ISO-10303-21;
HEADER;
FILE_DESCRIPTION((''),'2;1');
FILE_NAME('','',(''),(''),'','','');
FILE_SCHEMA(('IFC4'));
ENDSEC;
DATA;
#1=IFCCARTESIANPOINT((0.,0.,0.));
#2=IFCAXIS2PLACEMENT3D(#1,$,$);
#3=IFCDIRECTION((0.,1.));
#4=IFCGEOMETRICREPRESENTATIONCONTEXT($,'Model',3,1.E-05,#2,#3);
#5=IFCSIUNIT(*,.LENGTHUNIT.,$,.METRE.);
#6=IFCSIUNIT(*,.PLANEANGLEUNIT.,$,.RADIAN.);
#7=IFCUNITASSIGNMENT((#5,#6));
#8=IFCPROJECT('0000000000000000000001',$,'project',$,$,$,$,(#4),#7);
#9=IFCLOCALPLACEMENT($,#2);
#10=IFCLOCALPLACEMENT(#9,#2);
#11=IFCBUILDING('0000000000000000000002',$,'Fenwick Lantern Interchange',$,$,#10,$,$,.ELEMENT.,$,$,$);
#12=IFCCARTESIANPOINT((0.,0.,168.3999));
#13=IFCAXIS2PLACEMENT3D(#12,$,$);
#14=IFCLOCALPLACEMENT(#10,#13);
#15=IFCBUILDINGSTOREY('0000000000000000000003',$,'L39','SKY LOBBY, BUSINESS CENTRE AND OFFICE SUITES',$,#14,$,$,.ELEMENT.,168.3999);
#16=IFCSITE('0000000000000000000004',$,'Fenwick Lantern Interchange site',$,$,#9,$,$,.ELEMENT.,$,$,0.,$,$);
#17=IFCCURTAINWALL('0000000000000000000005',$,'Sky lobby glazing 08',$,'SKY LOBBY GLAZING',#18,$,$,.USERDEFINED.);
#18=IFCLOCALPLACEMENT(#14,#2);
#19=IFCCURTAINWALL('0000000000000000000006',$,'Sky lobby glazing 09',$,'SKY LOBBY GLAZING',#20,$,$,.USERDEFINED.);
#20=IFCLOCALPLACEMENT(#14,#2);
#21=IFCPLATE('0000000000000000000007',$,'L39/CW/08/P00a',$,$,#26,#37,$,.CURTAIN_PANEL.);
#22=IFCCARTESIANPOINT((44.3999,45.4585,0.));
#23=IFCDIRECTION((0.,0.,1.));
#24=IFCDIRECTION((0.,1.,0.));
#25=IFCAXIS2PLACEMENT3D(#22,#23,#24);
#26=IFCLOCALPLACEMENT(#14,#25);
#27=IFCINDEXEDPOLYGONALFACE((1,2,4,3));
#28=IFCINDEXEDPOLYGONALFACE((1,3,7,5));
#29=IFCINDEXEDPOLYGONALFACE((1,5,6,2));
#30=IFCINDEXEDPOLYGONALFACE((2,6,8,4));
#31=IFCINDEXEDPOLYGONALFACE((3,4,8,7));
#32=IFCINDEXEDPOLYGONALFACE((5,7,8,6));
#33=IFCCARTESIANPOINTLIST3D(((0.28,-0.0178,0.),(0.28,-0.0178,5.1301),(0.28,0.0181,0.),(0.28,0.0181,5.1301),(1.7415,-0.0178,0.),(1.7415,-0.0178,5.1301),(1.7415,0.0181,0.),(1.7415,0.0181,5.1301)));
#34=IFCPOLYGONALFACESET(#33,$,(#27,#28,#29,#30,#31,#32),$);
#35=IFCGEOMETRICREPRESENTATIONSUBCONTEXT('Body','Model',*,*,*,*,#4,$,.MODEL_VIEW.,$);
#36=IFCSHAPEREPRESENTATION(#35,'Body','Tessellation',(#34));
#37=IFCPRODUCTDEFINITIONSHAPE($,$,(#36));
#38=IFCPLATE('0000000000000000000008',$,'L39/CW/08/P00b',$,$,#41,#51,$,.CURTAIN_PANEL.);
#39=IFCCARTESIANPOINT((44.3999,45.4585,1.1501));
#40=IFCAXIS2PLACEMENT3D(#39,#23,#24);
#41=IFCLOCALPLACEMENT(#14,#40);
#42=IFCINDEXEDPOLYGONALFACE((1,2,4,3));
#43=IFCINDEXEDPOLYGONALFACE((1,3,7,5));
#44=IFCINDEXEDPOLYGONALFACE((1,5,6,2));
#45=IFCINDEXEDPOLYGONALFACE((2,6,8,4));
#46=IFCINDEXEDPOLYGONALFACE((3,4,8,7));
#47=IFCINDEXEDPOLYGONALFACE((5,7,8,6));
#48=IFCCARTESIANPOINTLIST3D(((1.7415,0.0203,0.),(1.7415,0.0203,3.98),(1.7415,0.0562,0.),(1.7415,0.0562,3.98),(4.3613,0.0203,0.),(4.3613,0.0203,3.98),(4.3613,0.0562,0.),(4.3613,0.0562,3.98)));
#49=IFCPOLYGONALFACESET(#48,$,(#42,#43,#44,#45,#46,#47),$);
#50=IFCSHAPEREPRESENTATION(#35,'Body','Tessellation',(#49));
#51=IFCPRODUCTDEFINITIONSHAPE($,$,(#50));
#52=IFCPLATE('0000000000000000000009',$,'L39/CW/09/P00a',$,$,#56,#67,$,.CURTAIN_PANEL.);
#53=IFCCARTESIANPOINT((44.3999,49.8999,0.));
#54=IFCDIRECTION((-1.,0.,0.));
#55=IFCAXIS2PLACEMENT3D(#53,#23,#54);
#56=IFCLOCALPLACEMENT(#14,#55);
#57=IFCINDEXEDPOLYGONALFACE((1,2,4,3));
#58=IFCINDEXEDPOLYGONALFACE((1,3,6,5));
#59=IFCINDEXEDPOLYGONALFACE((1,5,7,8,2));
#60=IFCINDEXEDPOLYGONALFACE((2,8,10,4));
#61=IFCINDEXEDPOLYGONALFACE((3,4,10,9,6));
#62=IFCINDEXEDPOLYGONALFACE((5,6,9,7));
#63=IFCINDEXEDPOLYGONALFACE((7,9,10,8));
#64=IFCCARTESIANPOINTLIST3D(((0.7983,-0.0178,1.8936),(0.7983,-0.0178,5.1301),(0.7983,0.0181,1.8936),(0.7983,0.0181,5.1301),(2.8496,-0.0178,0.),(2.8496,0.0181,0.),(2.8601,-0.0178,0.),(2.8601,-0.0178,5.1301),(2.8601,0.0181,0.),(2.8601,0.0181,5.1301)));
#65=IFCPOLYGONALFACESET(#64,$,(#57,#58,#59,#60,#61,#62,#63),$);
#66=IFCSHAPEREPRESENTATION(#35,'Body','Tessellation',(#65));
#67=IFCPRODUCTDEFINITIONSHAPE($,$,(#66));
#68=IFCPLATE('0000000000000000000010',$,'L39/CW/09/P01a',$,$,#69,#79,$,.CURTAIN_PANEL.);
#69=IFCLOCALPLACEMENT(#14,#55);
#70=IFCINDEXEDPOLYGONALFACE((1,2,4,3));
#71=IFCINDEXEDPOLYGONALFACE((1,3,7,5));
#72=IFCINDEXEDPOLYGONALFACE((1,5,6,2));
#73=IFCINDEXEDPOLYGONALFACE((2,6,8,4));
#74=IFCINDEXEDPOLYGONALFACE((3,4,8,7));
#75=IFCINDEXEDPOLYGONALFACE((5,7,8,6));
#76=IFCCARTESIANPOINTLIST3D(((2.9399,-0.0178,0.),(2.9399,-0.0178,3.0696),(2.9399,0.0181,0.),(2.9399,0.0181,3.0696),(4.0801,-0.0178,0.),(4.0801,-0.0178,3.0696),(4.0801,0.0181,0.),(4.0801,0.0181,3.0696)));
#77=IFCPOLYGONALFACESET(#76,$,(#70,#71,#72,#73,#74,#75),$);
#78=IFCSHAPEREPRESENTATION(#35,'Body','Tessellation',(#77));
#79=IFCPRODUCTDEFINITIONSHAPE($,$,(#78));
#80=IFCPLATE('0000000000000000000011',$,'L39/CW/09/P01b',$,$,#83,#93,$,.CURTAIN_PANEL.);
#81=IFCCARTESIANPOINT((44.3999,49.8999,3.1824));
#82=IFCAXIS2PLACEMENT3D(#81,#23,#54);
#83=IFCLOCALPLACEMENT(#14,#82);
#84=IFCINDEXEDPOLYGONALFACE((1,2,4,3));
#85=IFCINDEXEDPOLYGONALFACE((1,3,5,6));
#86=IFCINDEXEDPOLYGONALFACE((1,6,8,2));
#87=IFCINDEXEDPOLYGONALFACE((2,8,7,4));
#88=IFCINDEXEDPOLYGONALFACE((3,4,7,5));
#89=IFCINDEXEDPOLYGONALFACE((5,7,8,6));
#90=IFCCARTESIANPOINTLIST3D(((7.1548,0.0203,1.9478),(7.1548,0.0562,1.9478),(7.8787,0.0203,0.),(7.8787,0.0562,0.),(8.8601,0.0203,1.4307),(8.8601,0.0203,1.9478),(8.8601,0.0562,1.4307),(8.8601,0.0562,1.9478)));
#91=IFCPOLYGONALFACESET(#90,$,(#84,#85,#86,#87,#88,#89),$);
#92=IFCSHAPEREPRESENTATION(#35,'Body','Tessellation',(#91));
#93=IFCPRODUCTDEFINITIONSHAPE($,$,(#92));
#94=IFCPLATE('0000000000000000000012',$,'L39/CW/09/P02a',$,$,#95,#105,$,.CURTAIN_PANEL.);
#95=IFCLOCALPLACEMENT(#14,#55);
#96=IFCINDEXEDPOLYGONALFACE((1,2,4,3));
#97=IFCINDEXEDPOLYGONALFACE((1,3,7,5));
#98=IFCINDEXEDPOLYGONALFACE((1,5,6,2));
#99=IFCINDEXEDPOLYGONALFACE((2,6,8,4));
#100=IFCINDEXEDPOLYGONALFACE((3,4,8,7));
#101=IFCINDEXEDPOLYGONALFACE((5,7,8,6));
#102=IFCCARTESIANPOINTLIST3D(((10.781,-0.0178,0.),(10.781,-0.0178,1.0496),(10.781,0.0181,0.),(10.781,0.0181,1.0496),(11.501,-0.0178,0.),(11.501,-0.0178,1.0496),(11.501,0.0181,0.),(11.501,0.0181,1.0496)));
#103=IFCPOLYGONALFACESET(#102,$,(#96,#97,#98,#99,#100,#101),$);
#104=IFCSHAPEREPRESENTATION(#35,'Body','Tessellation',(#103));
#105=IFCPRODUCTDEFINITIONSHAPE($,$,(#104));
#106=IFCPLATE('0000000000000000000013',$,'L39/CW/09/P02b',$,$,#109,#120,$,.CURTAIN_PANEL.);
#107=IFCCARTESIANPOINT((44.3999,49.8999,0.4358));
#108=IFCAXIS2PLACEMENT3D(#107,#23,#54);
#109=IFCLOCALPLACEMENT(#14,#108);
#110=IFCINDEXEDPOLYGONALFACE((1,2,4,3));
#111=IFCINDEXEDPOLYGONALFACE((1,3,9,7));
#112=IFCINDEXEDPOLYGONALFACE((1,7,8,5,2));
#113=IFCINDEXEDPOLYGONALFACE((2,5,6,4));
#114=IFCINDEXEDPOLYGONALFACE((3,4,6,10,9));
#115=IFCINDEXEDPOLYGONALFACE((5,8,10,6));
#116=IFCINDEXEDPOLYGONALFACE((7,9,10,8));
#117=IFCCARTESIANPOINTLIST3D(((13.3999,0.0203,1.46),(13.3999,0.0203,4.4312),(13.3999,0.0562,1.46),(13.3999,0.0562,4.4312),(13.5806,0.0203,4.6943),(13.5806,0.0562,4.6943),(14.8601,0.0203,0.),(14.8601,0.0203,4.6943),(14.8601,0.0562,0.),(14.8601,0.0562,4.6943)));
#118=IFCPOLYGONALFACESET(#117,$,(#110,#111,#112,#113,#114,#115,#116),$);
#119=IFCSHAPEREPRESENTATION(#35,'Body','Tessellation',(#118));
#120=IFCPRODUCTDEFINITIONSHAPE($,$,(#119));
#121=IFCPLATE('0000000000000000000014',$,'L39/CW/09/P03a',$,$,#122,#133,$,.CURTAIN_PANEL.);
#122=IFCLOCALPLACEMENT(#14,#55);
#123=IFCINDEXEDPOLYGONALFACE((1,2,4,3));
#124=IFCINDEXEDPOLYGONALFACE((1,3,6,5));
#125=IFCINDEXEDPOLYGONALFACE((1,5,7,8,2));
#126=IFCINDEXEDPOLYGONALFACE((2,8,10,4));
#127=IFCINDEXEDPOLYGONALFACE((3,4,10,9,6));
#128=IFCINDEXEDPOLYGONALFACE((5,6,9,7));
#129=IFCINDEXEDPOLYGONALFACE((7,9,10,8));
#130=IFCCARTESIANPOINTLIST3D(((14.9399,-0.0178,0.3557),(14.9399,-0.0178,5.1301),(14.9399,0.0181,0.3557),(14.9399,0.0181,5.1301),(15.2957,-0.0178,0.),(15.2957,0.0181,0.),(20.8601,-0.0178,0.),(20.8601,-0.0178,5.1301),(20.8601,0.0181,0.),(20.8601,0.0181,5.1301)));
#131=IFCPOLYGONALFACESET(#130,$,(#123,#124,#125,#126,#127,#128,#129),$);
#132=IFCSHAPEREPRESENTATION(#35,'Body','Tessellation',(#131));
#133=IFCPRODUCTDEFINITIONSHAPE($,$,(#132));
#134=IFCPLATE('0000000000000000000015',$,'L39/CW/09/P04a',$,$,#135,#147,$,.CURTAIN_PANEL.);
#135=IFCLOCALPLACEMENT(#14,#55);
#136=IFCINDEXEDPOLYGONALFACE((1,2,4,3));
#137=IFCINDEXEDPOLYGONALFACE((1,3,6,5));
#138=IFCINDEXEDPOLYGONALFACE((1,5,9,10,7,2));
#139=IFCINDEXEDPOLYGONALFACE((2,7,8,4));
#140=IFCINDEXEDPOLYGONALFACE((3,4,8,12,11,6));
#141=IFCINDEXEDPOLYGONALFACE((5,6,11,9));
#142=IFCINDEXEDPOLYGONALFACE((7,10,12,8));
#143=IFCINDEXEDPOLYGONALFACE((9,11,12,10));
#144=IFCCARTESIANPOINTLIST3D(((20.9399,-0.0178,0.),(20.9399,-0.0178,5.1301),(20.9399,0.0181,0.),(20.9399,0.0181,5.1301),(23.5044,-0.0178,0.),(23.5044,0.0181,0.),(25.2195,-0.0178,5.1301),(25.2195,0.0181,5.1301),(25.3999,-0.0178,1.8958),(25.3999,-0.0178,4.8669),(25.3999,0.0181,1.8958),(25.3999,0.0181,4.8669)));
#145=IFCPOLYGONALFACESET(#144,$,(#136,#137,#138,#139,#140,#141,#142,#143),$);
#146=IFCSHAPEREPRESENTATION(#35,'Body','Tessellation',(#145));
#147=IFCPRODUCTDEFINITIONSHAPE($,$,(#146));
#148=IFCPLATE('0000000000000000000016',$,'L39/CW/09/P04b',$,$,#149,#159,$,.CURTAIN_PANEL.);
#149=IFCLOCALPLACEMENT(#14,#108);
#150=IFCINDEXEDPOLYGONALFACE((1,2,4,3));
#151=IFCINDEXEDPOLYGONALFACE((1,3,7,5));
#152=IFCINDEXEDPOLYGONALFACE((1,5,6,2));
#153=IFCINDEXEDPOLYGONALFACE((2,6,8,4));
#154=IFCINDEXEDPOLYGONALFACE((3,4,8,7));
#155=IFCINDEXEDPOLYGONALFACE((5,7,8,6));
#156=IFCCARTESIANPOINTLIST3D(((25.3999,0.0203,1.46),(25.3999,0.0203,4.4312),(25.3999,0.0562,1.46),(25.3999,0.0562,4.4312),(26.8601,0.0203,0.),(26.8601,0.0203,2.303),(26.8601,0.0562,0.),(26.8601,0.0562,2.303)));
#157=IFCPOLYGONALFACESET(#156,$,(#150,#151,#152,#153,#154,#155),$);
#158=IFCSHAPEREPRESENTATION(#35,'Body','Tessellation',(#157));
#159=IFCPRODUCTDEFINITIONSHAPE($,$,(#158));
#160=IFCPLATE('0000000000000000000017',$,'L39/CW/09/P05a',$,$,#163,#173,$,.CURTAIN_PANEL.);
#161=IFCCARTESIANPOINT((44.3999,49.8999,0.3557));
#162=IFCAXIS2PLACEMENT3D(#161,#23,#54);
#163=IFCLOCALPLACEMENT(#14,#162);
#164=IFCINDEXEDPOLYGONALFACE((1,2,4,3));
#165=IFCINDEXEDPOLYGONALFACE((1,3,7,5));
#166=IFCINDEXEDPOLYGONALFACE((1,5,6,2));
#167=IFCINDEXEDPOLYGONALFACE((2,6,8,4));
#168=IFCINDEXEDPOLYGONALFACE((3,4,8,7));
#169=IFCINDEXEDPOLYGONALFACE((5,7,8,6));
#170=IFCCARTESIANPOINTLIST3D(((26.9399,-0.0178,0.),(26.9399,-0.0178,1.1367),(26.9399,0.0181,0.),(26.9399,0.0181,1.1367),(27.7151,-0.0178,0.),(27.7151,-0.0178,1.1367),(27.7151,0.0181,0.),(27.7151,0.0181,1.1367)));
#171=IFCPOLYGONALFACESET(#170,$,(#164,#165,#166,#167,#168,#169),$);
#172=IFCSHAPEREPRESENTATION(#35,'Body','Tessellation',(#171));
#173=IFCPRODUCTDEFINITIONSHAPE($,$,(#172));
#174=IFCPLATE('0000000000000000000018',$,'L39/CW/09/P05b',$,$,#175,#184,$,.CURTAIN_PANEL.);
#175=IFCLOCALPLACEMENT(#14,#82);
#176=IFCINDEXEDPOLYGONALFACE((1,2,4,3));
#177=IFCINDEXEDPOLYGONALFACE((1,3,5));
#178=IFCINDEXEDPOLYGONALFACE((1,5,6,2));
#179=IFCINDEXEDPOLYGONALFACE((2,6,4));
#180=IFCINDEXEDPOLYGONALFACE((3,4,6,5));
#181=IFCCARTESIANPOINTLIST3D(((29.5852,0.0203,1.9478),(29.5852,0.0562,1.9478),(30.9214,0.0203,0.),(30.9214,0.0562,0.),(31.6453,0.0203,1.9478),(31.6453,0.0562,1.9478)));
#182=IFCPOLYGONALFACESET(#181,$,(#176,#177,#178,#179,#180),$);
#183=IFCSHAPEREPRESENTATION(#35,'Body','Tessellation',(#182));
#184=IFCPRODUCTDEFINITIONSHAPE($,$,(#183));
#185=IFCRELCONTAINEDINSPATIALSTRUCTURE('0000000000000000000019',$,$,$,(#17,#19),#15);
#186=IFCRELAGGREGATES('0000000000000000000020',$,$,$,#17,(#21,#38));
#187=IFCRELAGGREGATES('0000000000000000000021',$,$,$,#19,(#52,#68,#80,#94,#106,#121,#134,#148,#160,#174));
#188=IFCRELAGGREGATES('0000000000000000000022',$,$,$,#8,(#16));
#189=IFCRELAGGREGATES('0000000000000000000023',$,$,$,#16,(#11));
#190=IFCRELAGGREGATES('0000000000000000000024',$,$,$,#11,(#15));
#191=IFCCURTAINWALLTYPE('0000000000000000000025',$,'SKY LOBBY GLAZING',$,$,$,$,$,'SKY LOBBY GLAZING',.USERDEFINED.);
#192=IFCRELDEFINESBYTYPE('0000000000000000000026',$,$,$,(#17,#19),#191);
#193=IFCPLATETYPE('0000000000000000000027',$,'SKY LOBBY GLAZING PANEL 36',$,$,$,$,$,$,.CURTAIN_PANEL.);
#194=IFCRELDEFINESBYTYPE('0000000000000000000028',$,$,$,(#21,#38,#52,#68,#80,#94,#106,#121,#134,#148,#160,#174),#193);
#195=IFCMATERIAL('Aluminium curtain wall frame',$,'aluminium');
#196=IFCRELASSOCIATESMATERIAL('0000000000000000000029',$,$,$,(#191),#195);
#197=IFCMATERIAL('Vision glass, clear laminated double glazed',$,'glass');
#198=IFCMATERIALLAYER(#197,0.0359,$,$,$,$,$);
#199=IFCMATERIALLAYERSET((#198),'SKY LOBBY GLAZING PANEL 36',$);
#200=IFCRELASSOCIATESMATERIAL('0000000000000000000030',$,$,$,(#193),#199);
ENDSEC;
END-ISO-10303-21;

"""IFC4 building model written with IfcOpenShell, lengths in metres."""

from ifc_helpers import new_model, si_unit, direction, frame, origin, place, context, subcontext, project, spatial, polyline, outline, extrude, material, layer, layer_set, type_object, element, aggregate, save


model = new_model("IFC4")

# Units and contexts
model_context = context("Model", 3, precision=1e-05, world=origin(), true_north=direction((0.0, 1.0)))
body_context = subcontext(model_context, "Body", "Model", "MODEL_VIEW")
ifc_project = project(units=[si_unit("LENGTHUNIT", "METRE"), si_unit("PLANEANGLEUNIT", "RADIAN")], contexts=[model_context])

# Site, building, storey
site_placement = place(None, origin())
site = spatial("IfcSite", under=ifc_project, at=site_placement, Name="Fenwick Lantern Interchange site", CompositionType="ELEMENT", RefElevation=0.0)
building_placement = place(site_placement, origin())
building = spatial("IfcBuilding", under=site, at=building_placement, Name="Fenwick Lantern Interchange", CompositionType="ELEMENT")
storey_placement = place(building_placement, frame((0.0, 0.0, 168.3999)))
storey = spatial("IfcBuildingStorey", under=building, at=storey_placement, Name="L39", Description="SKY LOBBY, BUSINESS CENTRE AND OFFICE SUITES", CompositionType="ELEMENT", Elevation=168.3999)

# Shared definitions
ifc_material_1 = material(Name="Aluminium curtain wall frame", Category="aluminium")
curtain_wall_type = type_object("IfcCurtainWallType", Name="SKY LOBBY GLAZING", ElementType="SKY LOBBY GLAZING", PredefinedType="USERDEFINED", material=ifc_material_1)

# Curtain wall
curtain_wall_1_placement = place(storey_placement, origin())
curtain_wall_1 = element("IfcCurtainWall", 1, at=curtain_wall_1_placement, inside=storey, type_object=curtain_wall_type, Name="Sky lobby glazing 08", ObjectType="SKY LOBBY GLAZING", PredefinedType="USERDEFINED")

# Curtain wall
curtain_wall_2_placement = place(storey_placement, origin())
curtain_wall_2 = element("IfcCurtainWall", 2, at=curtain_wall_2_placement, inside=storey, type_object=curtain_wall_type, Name="Sky lobby glazing 09", ObjectType="SKY LOBBY GLAZING", PredefinedType="USERDEFINED")

# Plates
ifc_material_2 = material(Name="Vision glass, clear laminated double glazed", Category="glass")
ifc_layer_1 = layer(ifc_material_2, 0.0359)
ifc_layer_set_1 = layer_set([ifc_layer_1], Name="SKY LOBBY GLAZING PANEL 36")
plate_type = type_object("IfcPlateType", Name="SKY LOBBY GLAZING PANEL 36", PredefinedType="CURTAIN_PANEL", material=ifc_layer_set_1)
plate_1_placement = place(storey_placement, frame((44.3999, 45.4585, 0.0), z_axis=(0.0, 0.0, 1.0), x_axis=(0.0, 1.0, 0.0)))
plate_1 = element("IfcPlate", 3, at=plate_1_placement, type_object=plate_type, Name="L39/CW/08/P00a", PredefinedType="CURTAIN_PANEL", context=body_context, shape_type="SweptSolid", body=[
    extrude(outline(polyline([(0.28, 0.0), (1.7415, 0.0), (1.7415, 5.1301), (0.28, 5.1301), (0.28, 0.0)])), frame((0.0, 0.0181, 0.0), z_axis=(0.0, -1.0, 0.0), x_axis=(1.0, 0.0, 0.0)), (0.0, 0.0, 1.0), 0.0359),
])
plate_2_placement = place(storey_placement, frame((44.3999, 45.4585, 1.1501), z_axis=(0.0, 0.0, 1.0), x_axis=(0.0, 1.0, 0.0)))
plate_2 = element("IfcPlate", 4, at=plate_2_placement, type_object=plate_type, Name="L39/CW/08/P00b", PredefinedType="CURTAIN_PANEL", context=body_context, shape_type="SweptSolid", body=[
    extrude(outline(polyline([(1.7415, 0.0), (4.3613, 0.0), (4.3613, 3.98), (1.7415, 3.98), (1.7415, 0.0)])), frame((0.0, 0.0562, 0.0), z_axis=(0.0, -1.0, 0.0), x_axis=(1.0, 0.0, 0.0)), (0.0, 0.0, 1.0), 0.0359),
])
aggregate(curtain_wall_1, [plate_1, plate_2])
plate_3_placement = place(storey_placement, frame((44.3999, 49.8999, 0.0), z_axis=(0.0, 0.0, 1.0), x_axis=(-1.0, 0.0, 0.0)))
plate_3 = element("IfcPlate", 5, at=plate_3_placement, type_object=plate_type, Name="L39/CW/09/P00a", PredefinedType="CURTAIN_PANEL", context=body_context, shape_type="SweptSolid", body=[
    extrude(outline(polyline([(2.8496, 0.0), (2.8601, 0.0), (2.8601, 5.1301), (0.7983, 5.1301), (0.7983, 1.8936), (2.8496, 0.0)])), frame((0.0, 0.0181, 0.0), z_axis=(0.0, -1.0, 0.0), x_axis=(1.0, 0.0, 0.0)), (0.0, 0.0, 1.0), 0.0359),
])
plate_4_placement = place(storey_placement, frame((44.3999, 49.8999, 0.0), z_axis=(0.0, 0.0, 1.0), x_axis=(-1.0, 0.0, 0.0)))
plate_4 = element("IfcPlate", 6, at=plate_4_placement, type_object=plate_type, Name="L39/CW/09/P01a", PredefinedType="CURTAIN_PANEL", context=body_context, shape_type="SweptSolid", body=[
    extrude(outline(polyline([(2.9399, 0.0), (4.0801, 0.0), (4.0801, 3.0696), (2.9399, 3.0696), (2.9399, 0.0)])), frame((0.0, 0.0181, 0.0), z_axis=(0.0, -1.0, 0.0), x_axis=(1.0, 0.0, 0.0)), (0.0, 0.0, 1.0), 0.0359),
])
plate_5_placement = place(storey_placement, frame((44.3999, 49.8999, 3.1824), z_axis=(0.0, 0.0, 1.0), x_axis=(-1.0, 0.0, 0.0)))
plate_5 = element("IfcPlate", 7, at=plate_5_placement, type_object=plate_type, Name="L39/CW/09/P01b", PredefinedType="CURTAIN_PANEL", context=body_context, shape_type="SweptSolid", body=[
    extrude(outline(polyline([(7.8787, 0.0), (8.8601, 1.4307), (8.8601, 1.9478), (7.1548, 1.9478), (7.8787, 0.0)])), frame((0.0, 0.0562, 0.0), z_axis=(0.0, -1.0, 0.0), x_axis=(1.0, 0.0, 0.0)), (0.0, 0.0, 1.0), 0.0359),
])
plate_6_placement = place(storey_placement, frame((44.3999, 49.8999, 0.0), z_axis=(0.0, 0.0, 1.0), x_axis=(-1.0, 0.0, 0.0)))
plate_6 = element("IfcPlate", 8, at=plate_6_placement, type_object=plate_type, Name="L39/CW/09/P02a", PredefinedType="CURTAIN_PANEL", context=body_context, shape_type="SweptSolid", body=[
    extrude(outline(polyline([(10.781, 0.0), (11.501, 0.0), (11.501, 1.0496), (10.781, 1.0496), (10.781, 0.0)])), frame((0.0, 0.0181, 0.0), z_axis=(0.0, -1.0, 0.0), x_axis=(1.0, 0.0, 0.0)), (0.0, 0.0, 1.0), 0.0359),
])
plate_7_placement = place(storey_placement, frame((44.3999, 49.8999, 0.4358), z_axis=(0.0, 0.0, 1.0), x_axis=(-1.0, 0.0, 0.0)))
plate_7 = element("IfcPlate", 9, at=plate_7_placement, type_object=plate_type, Name="L39/CW/09/P02b", PredefinedType="CURTAIN_PANEL", context=body_context, shape_type="SweptSolid", body=[
    extrude(outline(polyline([(14.8601, 0.0), (14.8601, 4.6943), (13.5806, 4.6943), (13.3999, 4.4312), (13.3999, 1.46), (14.8601, 0.0)])), frame((0.0, 0.0562, 0.0), z_axis=(0.0, -1.0, 0.0), x_axis=(1.0, 0.0, 0.0)), (0.0, 0.0, 1.0), 0.0359),
])
plate_8_placement = place(storey_placement, frame((44.3999, 49.8999, 0.0), z_axis=(0.0, 0.0, 1.0), x_axis=(-1.0, 0.0, 0.0)))
plate_8 = element("IfcPlate", 10, at=plate_8_placement, type_object=plate_type, Name="L39/CW/09/P03a", PredefinedType="CURTAIN_PANEL", context=body_context, shape_type="SweptSolid", body=[
    extrude(outline(polyline([(15.2957, 0.0), (20.8601, 0.0), (20.8601, 5.1301), (14.9399, 5.1301), (14.9399, 0.3557), (15.2957, 0.0)])), frame((0.0, 0.0181, 0.0), z_axis=(0.0, -1.0, 0.0), x_axis=(1.0, 0.0, 0.0)), (0.0, 0.0, 1.0), 0.0359),
])
plate_9_placement = place(storey_placement, frame((44.3999, 49.8999, 0.0), z_axis=(0.0, 0.0, 1.0), x_axis=(-1.0, 0.0, 0.0)))
plate_9 = element("IfcPlate", 11, at=plate_9_placement, type_object=plate_type, Name="L39/CW/09/P04a", PredefinedType="CURTAIN_PANEL", context=body_context, shape_type="SweptSolid", body=[
    extrude(outline(polyline([(20.9399, 0.0), (23.5044, 0.0), (25.3999, 1.8958), (25.3999, 4.8669), (25.2195, 5.1301), (20.9399, 5.1301), (20.9399, 0.0)])), frame((0.0, 0.0181, 0.0), z_axis=(0.0, -1.0, 0.0), x_axis=(1.0, 0.0, 0.0)), (0.0, 0.0, 1.0), 0.0359),
])
plate_10_placement = place(storey_placement, frame((44.3999, 49.8999, 0.4358), z_axis=(0.0, 0.0, 1.0), x_axis=(-1.0, 0.0, 0.0)))
plate_10 = element("IfcPlate", 12, at=plate_10_placement, type_object=plate_type, Name="L39/CW/09/P04b", PredefinedType="CURTAIN_PANEL", context=body_context, shape_type="SweptSolid", body=[
    extrude(outline(polyline([(26.8601, 0.0), (26.8601, 2.303), (25.3999, 4.4312), (25.3999, 1.46), (26.8601, 0.0)])), frame((0.0, 0.0562, 0.0), z_axis=(0.0, -1.0, 0.0), x_axis=(1.0, 0.0, 0.0)), (0.0, 0.0, 1.0), 0.0359),
])
plate_11_placement = place(storey_placement, frame((44.3999, 49.8999, 0.3557), z_axis=(0.0, 0.0, 1.0), x_axis=(-1.0, 0.0, 0.0)))
plate_11 = element("IfcPlate", 13, at=plate_11_placement, type_object=plate_type, Name="L39/CW/09/P05a", PredefinedType="CURTAIN_PANEL", context=body_context, shape_type="SweptSolid", body=[
    extrude(outline(polyline([(26.9399, 0.0), (27.7151, 0.0), (27.7151, 1.1367), (26.9399, 1.1367), (26.9399, 0.0)])), frame((0.0, 0.0181, 0.0), z_axis=(0.0, -1.0, 0.0), x_axis=(1.0, 0.0, 0.0)), (0.0, 0.0, 1.0), 0.0359),
])
plate_12_placement = place(storey_placement, frame((44.3999, 49.8999, 3.1824), z_axis=(0.0, 0.0, 1.0), x_axis=(-1.0, 0.0, 0.0)))
plate_12 = element("IfcPlate", 14, at=plate_12_placement, type_object=plate_type, Name="L39/CW/09/P05b", PredefinedType="CURTAIN_PANEL", context=body_context, shape_type="SweptSolid", body=[
    extrude(outline(polyline([(30.9214, 0.0), (31.6453, 1.9478), (29.5852, 1.9478), (30.9214, 0.0)])), frame((0.0, 0.0562, 0.0), z_axis=(0.0, -1.0, 0.0), x_axis=(1.0, 0.0, 0.0)), (0.0, 0.0, 1.0), 0.0359),
])
aggregate(curtain_wall_2, [plate_3, plate_4, plate_5, plate_6, plate_7, plate_8, plate_9, plate_10, plate_11, plate_12])

save(model, "model.ifc")
